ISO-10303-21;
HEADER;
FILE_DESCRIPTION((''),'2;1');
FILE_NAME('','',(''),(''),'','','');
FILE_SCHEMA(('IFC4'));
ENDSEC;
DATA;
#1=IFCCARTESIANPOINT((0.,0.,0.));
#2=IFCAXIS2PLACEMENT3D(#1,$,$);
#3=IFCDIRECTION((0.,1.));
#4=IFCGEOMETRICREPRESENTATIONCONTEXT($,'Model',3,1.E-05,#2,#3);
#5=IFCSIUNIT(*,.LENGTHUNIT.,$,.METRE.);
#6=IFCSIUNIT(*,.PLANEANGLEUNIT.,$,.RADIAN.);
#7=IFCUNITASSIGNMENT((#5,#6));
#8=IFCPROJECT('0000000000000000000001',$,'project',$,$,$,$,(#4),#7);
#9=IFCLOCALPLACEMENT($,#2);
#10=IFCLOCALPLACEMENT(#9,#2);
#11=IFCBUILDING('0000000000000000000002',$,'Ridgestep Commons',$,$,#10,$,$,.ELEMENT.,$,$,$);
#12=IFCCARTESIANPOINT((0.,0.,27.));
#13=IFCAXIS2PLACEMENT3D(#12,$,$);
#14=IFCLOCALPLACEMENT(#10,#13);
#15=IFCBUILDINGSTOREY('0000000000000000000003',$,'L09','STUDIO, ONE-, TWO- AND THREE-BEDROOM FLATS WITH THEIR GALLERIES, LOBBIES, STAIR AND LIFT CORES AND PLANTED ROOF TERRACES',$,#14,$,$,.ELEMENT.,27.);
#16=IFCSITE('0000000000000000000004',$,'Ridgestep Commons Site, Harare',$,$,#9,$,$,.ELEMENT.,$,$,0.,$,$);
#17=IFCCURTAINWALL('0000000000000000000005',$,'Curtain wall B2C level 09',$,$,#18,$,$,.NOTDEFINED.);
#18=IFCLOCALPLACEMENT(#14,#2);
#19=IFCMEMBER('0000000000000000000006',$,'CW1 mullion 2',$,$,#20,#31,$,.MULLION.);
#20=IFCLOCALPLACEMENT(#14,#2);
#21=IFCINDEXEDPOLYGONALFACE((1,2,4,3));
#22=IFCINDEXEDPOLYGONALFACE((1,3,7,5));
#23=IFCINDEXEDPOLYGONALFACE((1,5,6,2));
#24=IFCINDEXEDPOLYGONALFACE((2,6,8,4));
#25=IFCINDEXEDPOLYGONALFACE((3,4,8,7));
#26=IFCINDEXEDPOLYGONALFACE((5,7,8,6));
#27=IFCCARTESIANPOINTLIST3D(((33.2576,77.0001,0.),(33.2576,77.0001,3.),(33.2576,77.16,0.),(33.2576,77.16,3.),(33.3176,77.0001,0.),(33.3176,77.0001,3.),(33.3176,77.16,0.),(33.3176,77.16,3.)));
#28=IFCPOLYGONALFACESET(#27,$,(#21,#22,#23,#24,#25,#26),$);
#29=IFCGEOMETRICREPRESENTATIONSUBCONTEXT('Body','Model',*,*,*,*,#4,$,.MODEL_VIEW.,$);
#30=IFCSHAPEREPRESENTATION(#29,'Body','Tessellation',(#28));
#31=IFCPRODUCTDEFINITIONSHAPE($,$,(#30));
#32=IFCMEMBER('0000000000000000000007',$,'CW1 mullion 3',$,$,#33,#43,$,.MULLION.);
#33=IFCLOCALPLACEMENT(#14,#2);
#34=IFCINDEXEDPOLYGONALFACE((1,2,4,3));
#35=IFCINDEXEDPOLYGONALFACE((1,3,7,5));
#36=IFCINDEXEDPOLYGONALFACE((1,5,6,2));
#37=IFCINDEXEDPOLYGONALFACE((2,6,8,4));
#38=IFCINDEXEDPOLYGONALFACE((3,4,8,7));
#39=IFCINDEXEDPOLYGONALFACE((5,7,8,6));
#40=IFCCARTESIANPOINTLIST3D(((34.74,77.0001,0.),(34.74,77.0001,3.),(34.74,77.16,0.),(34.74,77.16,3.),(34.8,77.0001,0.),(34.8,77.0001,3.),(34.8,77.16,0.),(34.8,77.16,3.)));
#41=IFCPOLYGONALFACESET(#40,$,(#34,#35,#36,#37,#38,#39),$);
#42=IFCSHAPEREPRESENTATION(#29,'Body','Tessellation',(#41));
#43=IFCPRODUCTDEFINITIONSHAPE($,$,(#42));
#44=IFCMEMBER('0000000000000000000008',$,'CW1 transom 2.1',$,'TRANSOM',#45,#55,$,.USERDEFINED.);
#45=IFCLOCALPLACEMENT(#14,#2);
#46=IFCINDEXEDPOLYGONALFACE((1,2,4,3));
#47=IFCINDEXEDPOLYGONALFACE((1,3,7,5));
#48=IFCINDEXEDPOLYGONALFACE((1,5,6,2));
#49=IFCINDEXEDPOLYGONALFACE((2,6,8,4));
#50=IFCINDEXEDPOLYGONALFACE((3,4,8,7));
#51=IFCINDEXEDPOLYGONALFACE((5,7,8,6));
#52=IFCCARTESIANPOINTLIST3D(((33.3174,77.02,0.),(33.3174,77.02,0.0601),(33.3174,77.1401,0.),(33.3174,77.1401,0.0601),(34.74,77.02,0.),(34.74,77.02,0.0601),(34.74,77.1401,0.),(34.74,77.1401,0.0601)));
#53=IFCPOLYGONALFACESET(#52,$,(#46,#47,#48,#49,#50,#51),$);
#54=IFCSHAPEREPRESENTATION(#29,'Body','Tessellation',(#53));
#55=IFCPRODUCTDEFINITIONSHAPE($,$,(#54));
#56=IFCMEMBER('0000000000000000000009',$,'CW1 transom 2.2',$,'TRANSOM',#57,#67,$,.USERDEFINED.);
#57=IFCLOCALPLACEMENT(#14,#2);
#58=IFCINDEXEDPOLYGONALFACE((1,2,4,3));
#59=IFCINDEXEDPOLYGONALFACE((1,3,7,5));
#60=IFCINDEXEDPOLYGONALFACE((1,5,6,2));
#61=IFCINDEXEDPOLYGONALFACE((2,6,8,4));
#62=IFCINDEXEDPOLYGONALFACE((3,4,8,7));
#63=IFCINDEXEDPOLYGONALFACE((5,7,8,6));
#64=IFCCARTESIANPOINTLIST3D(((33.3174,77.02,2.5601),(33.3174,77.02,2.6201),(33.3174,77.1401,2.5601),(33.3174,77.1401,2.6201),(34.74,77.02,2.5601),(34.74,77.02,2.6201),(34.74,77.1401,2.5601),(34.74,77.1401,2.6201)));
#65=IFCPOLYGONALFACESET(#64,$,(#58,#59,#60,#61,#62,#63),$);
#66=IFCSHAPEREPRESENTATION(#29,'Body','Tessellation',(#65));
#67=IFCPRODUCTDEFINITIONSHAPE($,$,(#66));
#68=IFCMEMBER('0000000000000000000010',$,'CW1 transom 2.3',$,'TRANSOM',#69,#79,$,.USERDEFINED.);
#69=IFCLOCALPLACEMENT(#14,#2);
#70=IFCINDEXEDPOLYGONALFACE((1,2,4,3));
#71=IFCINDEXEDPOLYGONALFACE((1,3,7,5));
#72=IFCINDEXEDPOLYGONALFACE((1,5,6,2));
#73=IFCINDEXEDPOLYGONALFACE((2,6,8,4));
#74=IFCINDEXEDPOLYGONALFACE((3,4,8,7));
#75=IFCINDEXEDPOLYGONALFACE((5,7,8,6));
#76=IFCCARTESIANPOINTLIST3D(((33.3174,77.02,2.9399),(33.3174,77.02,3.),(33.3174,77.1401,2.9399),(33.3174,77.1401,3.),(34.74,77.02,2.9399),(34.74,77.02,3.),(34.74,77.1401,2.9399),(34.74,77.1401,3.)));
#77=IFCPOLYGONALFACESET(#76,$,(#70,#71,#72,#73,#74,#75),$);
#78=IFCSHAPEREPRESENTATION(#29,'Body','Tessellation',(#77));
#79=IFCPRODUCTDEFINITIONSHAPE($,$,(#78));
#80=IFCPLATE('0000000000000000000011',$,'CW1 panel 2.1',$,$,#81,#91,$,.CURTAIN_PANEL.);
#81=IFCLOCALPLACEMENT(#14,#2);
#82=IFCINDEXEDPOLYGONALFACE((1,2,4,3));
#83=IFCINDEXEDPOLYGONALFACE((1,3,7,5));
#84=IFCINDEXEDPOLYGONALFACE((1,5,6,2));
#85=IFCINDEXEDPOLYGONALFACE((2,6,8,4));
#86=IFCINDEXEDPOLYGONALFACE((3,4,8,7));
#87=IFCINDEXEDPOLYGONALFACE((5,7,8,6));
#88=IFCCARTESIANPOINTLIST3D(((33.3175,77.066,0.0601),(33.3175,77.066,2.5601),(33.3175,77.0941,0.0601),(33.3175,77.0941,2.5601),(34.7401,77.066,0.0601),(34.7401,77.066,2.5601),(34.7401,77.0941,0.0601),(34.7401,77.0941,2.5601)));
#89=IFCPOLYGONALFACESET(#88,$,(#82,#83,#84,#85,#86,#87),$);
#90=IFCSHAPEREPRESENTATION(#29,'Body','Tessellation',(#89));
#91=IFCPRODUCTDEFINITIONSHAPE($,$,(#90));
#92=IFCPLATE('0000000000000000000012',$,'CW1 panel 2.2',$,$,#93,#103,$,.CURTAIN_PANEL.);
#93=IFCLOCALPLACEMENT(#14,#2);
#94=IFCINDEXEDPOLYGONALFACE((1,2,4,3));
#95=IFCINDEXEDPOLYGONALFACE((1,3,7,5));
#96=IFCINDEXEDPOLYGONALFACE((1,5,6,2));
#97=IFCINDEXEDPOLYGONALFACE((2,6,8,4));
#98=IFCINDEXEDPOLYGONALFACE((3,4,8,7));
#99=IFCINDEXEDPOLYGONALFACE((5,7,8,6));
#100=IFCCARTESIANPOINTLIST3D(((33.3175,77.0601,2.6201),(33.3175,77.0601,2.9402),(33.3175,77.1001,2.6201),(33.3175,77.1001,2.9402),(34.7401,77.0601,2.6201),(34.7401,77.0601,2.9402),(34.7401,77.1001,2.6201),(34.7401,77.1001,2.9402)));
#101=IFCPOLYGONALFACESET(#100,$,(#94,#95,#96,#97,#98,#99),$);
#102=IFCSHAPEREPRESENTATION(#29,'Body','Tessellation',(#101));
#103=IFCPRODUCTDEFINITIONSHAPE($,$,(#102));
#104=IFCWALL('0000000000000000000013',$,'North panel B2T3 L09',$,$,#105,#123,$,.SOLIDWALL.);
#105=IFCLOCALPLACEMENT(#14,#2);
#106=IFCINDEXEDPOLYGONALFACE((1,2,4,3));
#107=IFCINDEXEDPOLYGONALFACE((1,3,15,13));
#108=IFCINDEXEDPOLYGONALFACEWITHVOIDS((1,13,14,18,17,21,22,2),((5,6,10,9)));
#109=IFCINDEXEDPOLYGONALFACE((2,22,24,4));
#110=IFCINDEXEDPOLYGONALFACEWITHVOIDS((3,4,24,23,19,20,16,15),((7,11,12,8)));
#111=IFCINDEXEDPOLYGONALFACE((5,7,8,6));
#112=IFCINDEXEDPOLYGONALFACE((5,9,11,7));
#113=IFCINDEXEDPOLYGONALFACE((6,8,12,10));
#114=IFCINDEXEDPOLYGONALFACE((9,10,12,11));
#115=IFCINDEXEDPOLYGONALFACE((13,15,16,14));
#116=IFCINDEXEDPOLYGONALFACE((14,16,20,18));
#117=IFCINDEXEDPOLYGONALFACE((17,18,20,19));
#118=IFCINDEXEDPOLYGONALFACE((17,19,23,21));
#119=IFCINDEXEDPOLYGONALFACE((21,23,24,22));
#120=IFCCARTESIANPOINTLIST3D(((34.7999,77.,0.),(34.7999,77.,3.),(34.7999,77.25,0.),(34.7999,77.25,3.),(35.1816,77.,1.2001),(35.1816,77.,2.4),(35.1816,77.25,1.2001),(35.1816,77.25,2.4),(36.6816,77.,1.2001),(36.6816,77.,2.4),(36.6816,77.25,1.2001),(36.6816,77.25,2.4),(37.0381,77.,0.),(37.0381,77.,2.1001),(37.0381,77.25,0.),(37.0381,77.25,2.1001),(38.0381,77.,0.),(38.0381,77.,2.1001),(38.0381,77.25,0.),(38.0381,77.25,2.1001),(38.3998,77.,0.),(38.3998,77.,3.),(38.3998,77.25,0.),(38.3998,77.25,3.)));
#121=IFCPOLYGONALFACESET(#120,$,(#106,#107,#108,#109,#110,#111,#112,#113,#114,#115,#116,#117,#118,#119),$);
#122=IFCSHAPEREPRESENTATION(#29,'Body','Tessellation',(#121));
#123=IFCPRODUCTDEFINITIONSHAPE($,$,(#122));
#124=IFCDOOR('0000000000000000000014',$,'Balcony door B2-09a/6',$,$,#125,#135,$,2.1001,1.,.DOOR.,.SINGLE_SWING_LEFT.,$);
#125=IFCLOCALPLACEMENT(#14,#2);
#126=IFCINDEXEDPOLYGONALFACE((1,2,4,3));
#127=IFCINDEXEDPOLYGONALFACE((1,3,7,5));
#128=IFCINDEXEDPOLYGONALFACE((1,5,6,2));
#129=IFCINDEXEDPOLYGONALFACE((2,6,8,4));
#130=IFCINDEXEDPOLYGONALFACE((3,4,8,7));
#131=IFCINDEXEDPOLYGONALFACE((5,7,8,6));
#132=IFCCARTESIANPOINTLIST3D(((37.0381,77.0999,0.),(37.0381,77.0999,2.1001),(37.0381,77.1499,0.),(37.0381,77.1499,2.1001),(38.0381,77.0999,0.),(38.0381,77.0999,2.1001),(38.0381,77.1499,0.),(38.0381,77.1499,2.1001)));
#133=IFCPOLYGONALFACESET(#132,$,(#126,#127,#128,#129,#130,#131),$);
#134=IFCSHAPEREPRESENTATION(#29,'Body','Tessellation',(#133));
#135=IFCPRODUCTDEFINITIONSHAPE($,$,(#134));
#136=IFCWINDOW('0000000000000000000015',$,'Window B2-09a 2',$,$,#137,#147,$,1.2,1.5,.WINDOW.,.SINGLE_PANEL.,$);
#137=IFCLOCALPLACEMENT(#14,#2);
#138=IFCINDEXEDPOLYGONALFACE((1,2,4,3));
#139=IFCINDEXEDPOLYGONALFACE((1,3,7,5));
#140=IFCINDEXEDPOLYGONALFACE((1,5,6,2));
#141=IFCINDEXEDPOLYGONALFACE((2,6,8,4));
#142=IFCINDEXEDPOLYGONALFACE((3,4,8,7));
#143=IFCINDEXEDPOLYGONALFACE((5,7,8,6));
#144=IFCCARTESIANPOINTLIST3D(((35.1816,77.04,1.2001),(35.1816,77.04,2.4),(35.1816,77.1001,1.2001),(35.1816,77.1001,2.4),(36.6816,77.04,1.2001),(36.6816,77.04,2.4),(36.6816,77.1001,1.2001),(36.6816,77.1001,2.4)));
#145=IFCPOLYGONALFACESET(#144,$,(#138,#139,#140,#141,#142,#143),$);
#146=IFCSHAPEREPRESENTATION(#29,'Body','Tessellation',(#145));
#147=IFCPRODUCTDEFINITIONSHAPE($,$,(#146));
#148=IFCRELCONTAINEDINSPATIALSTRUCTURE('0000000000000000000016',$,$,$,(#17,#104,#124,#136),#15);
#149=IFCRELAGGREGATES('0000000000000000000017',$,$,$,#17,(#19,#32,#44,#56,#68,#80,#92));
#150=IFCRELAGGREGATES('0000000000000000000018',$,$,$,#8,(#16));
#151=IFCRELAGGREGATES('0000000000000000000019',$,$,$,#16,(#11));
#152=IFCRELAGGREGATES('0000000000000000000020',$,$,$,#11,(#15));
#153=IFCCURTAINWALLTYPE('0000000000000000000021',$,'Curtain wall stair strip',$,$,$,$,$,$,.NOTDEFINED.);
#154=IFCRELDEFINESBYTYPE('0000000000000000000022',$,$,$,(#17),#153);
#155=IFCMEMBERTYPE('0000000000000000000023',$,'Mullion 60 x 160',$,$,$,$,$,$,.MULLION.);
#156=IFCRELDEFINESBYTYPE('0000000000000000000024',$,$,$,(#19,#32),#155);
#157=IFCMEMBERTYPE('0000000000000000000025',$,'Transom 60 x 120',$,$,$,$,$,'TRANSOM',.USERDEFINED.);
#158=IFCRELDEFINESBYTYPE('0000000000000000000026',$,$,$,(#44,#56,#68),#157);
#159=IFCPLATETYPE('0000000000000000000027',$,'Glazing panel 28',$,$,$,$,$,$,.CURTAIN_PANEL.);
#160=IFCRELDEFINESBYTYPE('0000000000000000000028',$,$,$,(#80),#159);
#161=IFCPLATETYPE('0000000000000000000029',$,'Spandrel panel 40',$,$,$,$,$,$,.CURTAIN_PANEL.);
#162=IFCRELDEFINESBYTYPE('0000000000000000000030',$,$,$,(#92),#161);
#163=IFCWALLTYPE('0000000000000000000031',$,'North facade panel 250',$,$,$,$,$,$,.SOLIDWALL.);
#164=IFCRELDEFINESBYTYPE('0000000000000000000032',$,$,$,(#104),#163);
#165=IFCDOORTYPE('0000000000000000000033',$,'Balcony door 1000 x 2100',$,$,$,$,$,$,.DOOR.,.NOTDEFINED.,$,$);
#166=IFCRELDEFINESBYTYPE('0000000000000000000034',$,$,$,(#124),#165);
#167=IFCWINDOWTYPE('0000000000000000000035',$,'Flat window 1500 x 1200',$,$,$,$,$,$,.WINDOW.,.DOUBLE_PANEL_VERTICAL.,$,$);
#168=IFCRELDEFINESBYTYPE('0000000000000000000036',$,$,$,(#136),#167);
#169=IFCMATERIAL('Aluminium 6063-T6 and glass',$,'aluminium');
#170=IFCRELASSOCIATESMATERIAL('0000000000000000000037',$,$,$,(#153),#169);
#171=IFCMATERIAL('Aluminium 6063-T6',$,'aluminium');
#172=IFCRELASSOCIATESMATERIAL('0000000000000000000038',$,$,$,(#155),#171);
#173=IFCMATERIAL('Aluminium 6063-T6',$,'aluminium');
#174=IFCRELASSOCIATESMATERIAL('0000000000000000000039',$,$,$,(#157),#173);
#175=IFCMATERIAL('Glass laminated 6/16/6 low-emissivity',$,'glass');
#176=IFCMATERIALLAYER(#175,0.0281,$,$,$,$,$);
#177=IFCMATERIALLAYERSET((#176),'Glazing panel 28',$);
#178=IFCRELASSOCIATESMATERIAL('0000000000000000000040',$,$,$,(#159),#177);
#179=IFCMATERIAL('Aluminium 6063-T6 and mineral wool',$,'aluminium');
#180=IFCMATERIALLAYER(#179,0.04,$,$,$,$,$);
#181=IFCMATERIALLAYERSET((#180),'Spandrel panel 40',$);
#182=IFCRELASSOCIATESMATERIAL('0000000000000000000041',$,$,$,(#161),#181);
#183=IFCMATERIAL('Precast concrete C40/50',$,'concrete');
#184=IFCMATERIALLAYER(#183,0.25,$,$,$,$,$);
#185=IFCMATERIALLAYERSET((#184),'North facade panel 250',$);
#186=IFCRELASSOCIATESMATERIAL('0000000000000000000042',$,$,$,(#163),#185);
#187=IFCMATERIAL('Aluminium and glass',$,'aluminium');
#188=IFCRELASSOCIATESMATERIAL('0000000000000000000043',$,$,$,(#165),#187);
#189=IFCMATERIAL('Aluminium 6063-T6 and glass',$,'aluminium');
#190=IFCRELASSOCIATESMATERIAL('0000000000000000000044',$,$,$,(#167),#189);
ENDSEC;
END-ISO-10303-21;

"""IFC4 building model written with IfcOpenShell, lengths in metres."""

from ifc_helpers import new_model, si_unit, direction, frame, frame_2d, origin, origin_2d, place, context, subcontext, project, spatial, rectangle, extrude, material, layer, layer_set, material_profile, profile_set, type_object, element, fill, aggregate, save


model = new_model("IFC4")

# Units and contexts
model_context = context("Model", 3, precision=1e-05, world=origin(), true_north=direction((0.0, 1.0)))
body_context = subcontext(model_context, "Body", "Model", "MODEL_VIEW")
ifc_project = project(units=[si_unit("LENGTHUNIT", "METRE"), si_unit("PLANEANGLEUNIT", "RADIAN")], contexts=[model_context])

# Site, building, storey
site_placement = place(None, origin())
site = spatial("IfcSite", under=ifc_project, at=site_placement, Name="Ridgestep Commons Site, Harare", CompositionType="ELEMENT", RefElevation=0.0)
building_placement = place(site_placement, origin())
building = spatial("IfcBuilding", under=site, at=building_placement, Name="Ridgestep Commons", CompositionType="ELEMENT")
storey_placement = place(building_placement, frame((0.0, 0.0, 27.0)))
storey = spatial("IfcBuildingStorey", under=building, at=storey_placement, Name="L09", Description="STUDIO, ONE-, TWO- AND THREE-BEDROOM FLATS WITH THEIR GALLERIES, LOBBIES, STAIR AND LIFT CORES AND PLANTED ROOF TERRACES", CompositionType="ELEMENT", Elevation=27.0)

# Curtain wall, members, plates
ifc_material_1 = material(Name="Aluminium 6063-T6 and glass", Category="aluminium")
curtain_wall_type = type_object("IfcCurtainWallType", Name="Curtain wall stair strip", PredefinedType="NOTDEFINED", material=ifc_material_1)
curtain_wall_placement = place(storey_placement, origin())
curtain_wall = element("IfcCurtainWall", 1, at=curtain_wall_placement, inside=storey, type_object=curtain_wall_type, Name="Curtain wall B2C level 09", PredefinedType="NOTDEFINED")
ifc_material_2 = material(Name="Aluminium 6063-T6", Category="aluminium")
ifc_material_profile_1 = material_profile(ifc_material_2, rectangle(XDim=0.1599, YDim=0.0601, at=origin_2d()), Name="Mullion 60 x 160")
ifc_profile_set_1 = profile_set([ifc_material_profile_1], Name="Aluminium 6063-T6")
member_type_1 = type_object("IfcMemberType", Name="Mullion 60 x 160", PredefinedType="MULLION", material=ifc_profile_set_1)
member_1_placement = place(storey_placement, frame((33.2876, 77.0801, 0.0), z_axis=(0.0, 0.0, 1.0), x_axis=(0.0, 1.0, 0.0)))
member_1 = element("IfcMember", 2, at=member_1_placement, type_object=member_type_1, Name="CW1 mullion 2", PredefinedType="MULLION", context=body_context, shape_type="SweptSolid", body=[
    extrude(rectangle(XDim=0.1599, YDim=0.0601, at=origin_2d()), origin(), (0.0, 0.0, 1.0), 3.0),
])
member_2_placement = place(storey_placement, frame((34.77, 77.0801, 0.0), z_axis=(0.0, 0.0, 1.0), x_axis=(0.0, 1.0, 0.0)))
member_2 = element("IfcMember", 3, at=member_2_placement, type_object=member_type_1, Name="CW1 mullion 3", PredefinedType="MULLION", context=body_context, shape_type="SweptSolid", body=[
    extrude(rectangle(XDim=0.1599, YDim=0.0601, at=origin_2d()), origin(), (0.0, 0.0, 1.0), 3.0),
])
ifc_material_3 = material(Name="Aluminium 6063-T6", Category="aluminium")
ifc_material_profile_2 = material_profile(ifc_material_3, rectangle(XDim=0.1201, YDim=0.0601, at=origin_2d()), Name="Transom 60 x 120")
ifc_profile_set_2 = profile_set([ifc_material_profile_2], Name="Aluminium 6063-T6")
member_type_2 = type_object("IfcMemberType", Name="Transom 60 x 120", ElementType="TRANSOM", PredefinedType="USERDEFINED", material=ifc_profile_set_2)
member_3_placement = place(storey_placement, frame((33.3174, 77.0801, 0.03), z_axis=(1.0, 0.0, 0.0), x_axis=(0.0, 1.0, 0.0)))
member_3 = element("IfcMember", 4, at=member_3_placement, type_object=member_type_2, Name="CW1 transom 2.1", ObjectType="TRANSOM", PredefinedType="USERDEFINED", context=body_context, shape_type="SweptSolid", body=[
    extrude(rectangle(XDim=0.1201, YDim=0.0601, at=origin_2d()), origin(), (0.0, 0.0, 1.0), 1.4226),
])
member_4_placement = place(storey_placement, frame((33.3174, 77.0801, 2.5901), z_axis=(1.0, 0.0, 0.0), x_axis=(0.0, 1.0, 0.0)))
member_4 = element("IfcMember", 5, at=member_4_placement, type_object=member_type_2, Name="CW1 transom 2.2", ObjectType="TRANSOM", PredefinedType="USERDEFINED", context=body_context, shape_type="SweptSolid", body=[
    extrude(rectangle(XDim=0.1201, YDim=0.0601, at=origin_2d()), origin(), (0.0, 0.0, 1.0), 1.4226),
])
member_5_placement = place(storey_placement, frame((33.3174, 77.0801, 2.97), z_axis=(1.0, 0.0, 0.0), x_axis=(0.0, 1.0, 0.0)))
member_5 = element("IfcMember", 6, at=member_5_placement, type_object=member_type_2, Name="CW1 transom 2.3", ObjectType="TRANSOM", PredefinedType="USERDEFINED", context=body_context, shape_type="SweptSolid", body=[
    extrude(rectangle(XDim=0.1201, YDim=0.0601, at=origin_2d()), origin(), (0.0, 0.0, 1.0), 1.4226),
])
ifc_material_4 = material(Name="Glass laminated 6/16/6 low-emissivity", Category="glass")
ifc_layer_1 = layer(ifc_material_4, 0.0281)
ifc_layer_set_1 = layer_set([ifc_layer_1], Name="Glazing panel 28")
plate_type_1 = type_object("IfcPlateType", Name="Glazing panel 28", PredefinedType="CURTAIN_PANEL", material=ifc_layer_set_1)
plate_1_placement = place(storey_placement, frame((34.0288, 77.0801, 0.0601), z_axis=(0.0, 0.0, 1.0), x_axis=(1.0, 0.0, 0.0)))
plate_1 = element("IfcPlate", 7, at=plate_1_placement, type_object=plate_type_1, Name="CW1 panel 2.1", PredefinedType="CURTAIN_PANEL", context=body_context, shape_type="SweptSolid", body=[
    extrude(rectangle(XDim=1.4226, YDim=0.0281, at=origin_2d()), origin(), (0.0, 0.0, 1.0), 2.5),
])
ifc_material_5 = material(Name="Aluminium 6063-T6 and mineral wool", Category="aluminium")
ifc_layer_2 = layer(ifc_material_5, 0.04)
ifc_layer_set_2 = layer_set([ifc_layer_2], Name="Spandrel panel 40")
plate_type_2 = type_object("IfcPlateType", Name="Spandrel panel 40", PredefinedType="CURTAIN_PANEL", material=ifc_layer_set_2)
plate_2_placement = place(storey_placement, frame((34.0288, 77.0801, 2.6201), z_axis=(0.0, 0.0, 1.0), x_axis=(1.0, 0.0, 0.0)))
plate_2 = element("IfcPlate", 8, at=plate_2_placement, type_object=plate_type_2, Name="CW1 panel 2.2", PredefinedType="CURTAIN_PANEL", context=body_context, shape_type="SweptSolid", body=[
    extrude(rectangle(XDim=1.4226, YDim=0.04, at=origin_2d()), origin(), (0.0, 0.0, 1.0), 0.3201),
])
aggregate(curtain_wall, [member_1, member_2, member_3, member_4, member_5, plate_1, plate_2])

# Wall, openings, door, window
ifc_material_6 = material(Name="Precast concrete C40/50", Category="concrete")
ifc_layer_3 = layer(ifc_material_6, 0.25)
ifc_layer_set_3 = layer_set([ifc_layer_3], Name="North facade panel 250")
wall_type = type_object("IfcWallType", Name="North facade panel 250", PredefinedType="SOLIDWALL", material=ifc_layer_set_3)
wall_placement = place(storey_placement, frame((34.8, 77.125, 0.0), z_axis=(0.0, 0.0, 1.0), x_axis=(1.0, 0.0, 0.0)))
wall = element("IfcWall", 9, at=wall_placement, inside=storey, type_object=wall_type, Name="North panel B2T3 L09", PredefinedType="SOLIDWALL", context=body_context, shape_type="SweptSolid", body=[
    extrude(rectangle(XDim=3.5999, YDim=0.25, at=frame_2d((1.7998, 0.0))), origin(), (0.0, 0.0, 1.0), 3.0),
])
opening_1_placement = place(wall_placement, frame((0.3816, 0.0, 1.2)))
opening_1 = element("IfcOpeningElement", 10, at=opening_1_placement, cuts=wall, PredefinedType="OPENING", context=body_context, shape_type="SweptSolid", body=[
    extrude(rectangle(XDim=1.5, YDim=1.2, at=frame_2d((0.75, 0.6001))), frame((0.0, 0.135, 0.0), z_axis=(0.0, -1.0, 0.0), x_axis=(1.0, 0.0, 0.0)), (0.0, 0.0, 1.0), 0.27),
])
opening_2_placement = place(wall_placement, frame((2.238, 0.0, 0.0)))
opening_2 = element("IfcOpeningElement", 11, at=opening_2_placement, cuts=wall, PredefinedType="OPENING", context=body_context, shape_type="SweptSolid", body=[
    extrude(rectangle(XDim=1.0, YDim=2.1001, at=frame_2d((0.5, 1.05))), frame((0.0, 0.135, 0.0), z_axis=(0.0, -1.0, 0.0), x_axis=(1.0, 0.0, 0.0)), (0.0, 0.0, 1.0), 0.27),
])
ifc_material_7 = material(Name="Aluminium and glass", Category="aluminium")
door_type = type_object("IfcDoorType", Name="Balcony door 1000 x 2100", OperationType="NOTDEFINED", PredefinedType="DOOR", material=ifc_material_7)
door_placement = place(opening_2_placement, origin())
door = element("IfcDoor", 12, at=door_placement, inside=storey, type_object=door_type, Name="Balcony door B2-09a/6", OperationType="SINGLE_SWING_LEFT", OverallHeight=2.1001, OverallWidth=1.0, PredefinedType="DOOR", context=body_context, shape_type="SweptSolid", body=[
    extrude(rectangle(XDim=1.0, YDim=2.1001, at=frame_2d((0.5, 1.05))), frame((0.0, 0.0249, 0.0), z_axis=(0.0, -1.0, 0.0), x_axis=(1.0, 0.0, 0.0)), (0.0, 0.0, 1.0), 0.05),
])
fill(opening_2, door)
ifc_material_8 = material(Name="Aluminium 6063-T6 and glass", Category="aluminium")
window_type = type_object("IfcWindowType", Name="Flat window 1500 x 1200", PartitioningType="DOUBLE_PANEL_VERTICAL", PredefinedType="WINDOW", material=ifc_material_8)
window_placement = place(opening_1_placement, origin())
window = element("IfcWindow", 13, at=window_placement, inside=storey, type_object=window_type, Name="Window B2-09a 2", OverallHeight=1.2, OverallWidth=1.5, PartitioningType="SINGLE_PANEL", PredefinedType="WINDOW", context=body_context, shape_type="SweptSolid", body=[
    extrude(rectangle(XDim=1.5, YDim=1.2, at=frame_2d((0.75, 0.6001))), frame((0.0, -0.0249, 0.0), z_axis=(0.0, -1.0, 0.0), x_axis=(1.0, 0.0, 0.0)), (0.0, 0.0, 1.0), 0.0601),
])
fill(opening_1, window)

save(model, "model.ifc")
